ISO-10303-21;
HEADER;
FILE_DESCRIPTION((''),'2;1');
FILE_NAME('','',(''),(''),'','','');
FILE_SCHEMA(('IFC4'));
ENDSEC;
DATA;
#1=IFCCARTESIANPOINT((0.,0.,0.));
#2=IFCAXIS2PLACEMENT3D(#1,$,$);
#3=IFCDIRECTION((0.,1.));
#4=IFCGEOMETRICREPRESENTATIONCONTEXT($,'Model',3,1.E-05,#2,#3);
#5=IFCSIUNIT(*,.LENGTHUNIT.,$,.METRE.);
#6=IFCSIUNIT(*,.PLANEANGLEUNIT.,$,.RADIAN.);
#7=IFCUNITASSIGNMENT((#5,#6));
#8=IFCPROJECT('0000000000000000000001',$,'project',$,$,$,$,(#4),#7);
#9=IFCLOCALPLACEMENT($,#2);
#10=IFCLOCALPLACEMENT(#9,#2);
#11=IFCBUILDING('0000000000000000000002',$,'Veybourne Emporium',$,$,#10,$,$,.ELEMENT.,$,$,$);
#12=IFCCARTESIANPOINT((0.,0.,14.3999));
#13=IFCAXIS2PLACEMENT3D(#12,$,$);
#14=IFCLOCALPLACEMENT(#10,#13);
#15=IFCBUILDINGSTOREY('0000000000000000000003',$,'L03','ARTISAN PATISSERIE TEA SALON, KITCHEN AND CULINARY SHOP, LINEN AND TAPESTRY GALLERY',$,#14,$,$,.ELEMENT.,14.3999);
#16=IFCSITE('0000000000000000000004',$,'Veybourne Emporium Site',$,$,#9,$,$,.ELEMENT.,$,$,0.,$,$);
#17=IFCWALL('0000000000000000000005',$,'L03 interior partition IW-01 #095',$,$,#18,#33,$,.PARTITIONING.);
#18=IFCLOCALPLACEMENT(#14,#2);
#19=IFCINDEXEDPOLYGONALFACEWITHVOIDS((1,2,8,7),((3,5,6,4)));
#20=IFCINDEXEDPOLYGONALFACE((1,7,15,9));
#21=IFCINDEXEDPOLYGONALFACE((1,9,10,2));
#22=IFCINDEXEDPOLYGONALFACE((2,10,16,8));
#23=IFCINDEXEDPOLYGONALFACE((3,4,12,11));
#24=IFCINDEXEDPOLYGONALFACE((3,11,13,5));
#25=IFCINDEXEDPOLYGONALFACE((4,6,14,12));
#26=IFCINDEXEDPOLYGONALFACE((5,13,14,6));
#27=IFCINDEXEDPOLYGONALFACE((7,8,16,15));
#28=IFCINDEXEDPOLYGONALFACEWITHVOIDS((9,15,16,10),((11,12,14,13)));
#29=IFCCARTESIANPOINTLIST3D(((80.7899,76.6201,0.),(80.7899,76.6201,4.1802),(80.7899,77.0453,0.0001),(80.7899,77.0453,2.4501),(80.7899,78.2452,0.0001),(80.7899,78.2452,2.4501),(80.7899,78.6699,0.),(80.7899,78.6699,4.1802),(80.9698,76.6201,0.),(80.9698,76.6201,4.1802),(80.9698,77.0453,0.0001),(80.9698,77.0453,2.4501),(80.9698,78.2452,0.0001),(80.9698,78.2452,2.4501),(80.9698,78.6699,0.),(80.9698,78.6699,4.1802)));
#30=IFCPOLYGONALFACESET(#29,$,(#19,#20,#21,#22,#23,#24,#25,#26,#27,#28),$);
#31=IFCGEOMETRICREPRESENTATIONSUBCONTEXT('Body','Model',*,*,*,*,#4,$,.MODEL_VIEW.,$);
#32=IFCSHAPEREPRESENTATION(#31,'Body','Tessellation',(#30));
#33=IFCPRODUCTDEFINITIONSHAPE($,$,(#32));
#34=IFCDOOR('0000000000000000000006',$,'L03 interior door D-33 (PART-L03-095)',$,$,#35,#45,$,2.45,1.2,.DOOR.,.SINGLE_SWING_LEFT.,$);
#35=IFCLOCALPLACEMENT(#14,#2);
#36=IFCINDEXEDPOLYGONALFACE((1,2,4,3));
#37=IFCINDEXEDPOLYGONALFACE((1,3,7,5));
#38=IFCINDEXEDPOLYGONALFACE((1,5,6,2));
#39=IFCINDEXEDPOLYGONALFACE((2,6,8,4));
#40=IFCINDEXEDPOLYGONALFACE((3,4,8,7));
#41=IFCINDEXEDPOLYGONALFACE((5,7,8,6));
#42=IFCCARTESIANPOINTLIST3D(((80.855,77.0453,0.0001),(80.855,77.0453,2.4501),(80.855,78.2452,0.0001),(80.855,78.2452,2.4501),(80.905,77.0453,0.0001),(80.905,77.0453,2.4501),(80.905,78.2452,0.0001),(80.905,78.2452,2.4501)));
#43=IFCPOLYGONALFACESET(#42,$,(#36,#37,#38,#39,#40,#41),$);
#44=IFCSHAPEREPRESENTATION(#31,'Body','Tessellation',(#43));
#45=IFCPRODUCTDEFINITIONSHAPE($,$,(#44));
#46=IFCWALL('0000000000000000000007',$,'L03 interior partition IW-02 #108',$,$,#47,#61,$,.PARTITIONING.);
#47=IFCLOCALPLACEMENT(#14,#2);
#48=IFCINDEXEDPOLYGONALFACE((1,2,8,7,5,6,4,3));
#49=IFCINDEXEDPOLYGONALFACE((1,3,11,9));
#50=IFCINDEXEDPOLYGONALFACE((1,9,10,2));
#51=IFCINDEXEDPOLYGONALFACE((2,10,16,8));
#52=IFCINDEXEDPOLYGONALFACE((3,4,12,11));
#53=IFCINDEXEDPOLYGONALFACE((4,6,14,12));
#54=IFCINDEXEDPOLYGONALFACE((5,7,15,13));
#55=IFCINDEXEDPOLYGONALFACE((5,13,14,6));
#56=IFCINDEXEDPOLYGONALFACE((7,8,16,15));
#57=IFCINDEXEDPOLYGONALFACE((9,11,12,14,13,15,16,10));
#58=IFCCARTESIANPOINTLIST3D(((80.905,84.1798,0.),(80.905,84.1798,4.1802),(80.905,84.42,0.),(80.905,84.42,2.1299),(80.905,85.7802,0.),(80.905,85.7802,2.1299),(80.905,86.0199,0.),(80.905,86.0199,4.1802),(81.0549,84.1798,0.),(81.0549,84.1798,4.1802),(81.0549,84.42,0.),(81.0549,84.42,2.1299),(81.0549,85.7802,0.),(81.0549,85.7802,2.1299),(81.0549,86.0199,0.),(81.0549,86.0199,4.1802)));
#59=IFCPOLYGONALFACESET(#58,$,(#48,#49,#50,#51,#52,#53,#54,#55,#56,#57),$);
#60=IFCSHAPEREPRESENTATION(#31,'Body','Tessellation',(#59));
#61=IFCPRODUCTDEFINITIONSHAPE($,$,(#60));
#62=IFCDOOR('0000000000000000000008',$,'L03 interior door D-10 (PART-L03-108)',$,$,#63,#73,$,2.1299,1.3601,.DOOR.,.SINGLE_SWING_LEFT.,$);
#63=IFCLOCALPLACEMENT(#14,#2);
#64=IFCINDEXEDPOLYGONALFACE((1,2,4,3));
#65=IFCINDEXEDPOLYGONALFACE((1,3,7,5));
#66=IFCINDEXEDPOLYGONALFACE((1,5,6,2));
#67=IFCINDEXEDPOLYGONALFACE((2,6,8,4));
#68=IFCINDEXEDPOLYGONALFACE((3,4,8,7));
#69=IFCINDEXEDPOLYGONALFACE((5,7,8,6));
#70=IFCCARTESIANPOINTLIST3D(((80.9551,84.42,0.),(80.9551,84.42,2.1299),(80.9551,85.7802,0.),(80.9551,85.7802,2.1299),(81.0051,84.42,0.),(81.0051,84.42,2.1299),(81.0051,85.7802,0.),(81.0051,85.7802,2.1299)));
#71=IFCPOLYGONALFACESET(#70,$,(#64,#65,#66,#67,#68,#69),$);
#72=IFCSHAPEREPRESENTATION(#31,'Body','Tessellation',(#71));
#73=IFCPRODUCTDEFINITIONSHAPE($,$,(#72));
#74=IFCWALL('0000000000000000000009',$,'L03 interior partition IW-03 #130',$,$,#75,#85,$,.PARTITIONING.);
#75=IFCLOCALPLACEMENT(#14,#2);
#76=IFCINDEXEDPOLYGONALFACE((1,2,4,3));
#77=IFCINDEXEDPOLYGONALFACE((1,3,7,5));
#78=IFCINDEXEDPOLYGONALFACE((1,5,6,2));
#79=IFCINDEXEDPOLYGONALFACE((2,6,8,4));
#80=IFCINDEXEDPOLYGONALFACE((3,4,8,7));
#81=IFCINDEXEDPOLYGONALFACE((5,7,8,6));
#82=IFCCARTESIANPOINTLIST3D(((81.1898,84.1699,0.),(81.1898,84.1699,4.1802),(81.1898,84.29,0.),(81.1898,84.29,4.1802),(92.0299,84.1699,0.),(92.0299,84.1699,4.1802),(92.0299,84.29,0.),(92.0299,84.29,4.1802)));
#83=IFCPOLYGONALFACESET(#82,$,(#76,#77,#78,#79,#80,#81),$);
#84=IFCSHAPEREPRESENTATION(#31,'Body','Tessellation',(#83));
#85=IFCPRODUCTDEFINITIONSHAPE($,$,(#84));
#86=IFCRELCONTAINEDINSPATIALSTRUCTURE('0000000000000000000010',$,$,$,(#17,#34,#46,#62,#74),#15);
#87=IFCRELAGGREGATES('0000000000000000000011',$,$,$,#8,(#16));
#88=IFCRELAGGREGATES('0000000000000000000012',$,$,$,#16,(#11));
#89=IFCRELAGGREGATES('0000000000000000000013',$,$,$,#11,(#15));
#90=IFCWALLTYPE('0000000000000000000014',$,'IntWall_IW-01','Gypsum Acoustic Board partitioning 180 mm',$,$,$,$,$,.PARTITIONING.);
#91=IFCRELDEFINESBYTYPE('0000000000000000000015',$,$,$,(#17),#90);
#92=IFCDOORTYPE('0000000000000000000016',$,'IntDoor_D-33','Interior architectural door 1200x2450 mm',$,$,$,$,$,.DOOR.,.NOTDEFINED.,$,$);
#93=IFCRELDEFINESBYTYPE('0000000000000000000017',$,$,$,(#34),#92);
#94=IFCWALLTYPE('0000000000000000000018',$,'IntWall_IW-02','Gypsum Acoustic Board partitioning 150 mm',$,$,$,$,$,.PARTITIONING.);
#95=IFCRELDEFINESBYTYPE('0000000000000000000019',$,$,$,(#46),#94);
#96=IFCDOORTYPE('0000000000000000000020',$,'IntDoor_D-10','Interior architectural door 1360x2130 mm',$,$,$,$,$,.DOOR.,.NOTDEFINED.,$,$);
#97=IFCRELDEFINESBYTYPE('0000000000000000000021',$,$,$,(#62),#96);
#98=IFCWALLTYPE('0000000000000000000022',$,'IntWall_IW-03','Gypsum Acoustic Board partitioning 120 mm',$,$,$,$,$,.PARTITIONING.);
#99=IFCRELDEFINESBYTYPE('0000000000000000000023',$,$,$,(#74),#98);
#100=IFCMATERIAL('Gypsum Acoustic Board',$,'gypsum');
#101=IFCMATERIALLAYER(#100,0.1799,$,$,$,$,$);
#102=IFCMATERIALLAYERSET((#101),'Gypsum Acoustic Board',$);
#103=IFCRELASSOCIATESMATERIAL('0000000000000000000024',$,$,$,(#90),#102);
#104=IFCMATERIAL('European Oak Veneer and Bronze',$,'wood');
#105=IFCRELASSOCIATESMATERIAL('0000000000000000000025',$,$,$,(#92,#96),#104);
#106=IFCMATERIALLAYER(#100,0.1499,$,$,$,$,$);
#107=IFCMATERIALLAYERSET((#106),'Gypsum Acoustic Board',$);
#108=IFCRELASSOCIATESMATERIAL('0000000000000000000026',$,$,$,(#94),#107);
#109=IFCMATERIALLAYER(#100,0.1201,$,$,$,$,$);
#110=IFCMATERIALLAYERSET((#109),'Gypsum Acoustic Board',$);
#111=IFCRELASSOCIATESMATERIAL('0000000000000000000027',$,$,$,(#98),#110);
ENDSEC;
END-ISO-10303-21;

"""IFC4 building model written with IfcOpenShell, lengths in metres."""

from ifc_helpers import new_model, si_unit, direction, frame, frame_2d, origin, place, context, subcontext, project, spatial, rectangle, extrude, material, layer, layer_set, type_object, element, fill, save


model = new_model("IFC4")

# Units and contexts
model_context = context("Model", 3, precision=1e-05, world=origin(), true_north=direction((0.0, 1.0)))
body_context = subcontext(model_context, "Body", "Model", "MODEL_VIEW")
ifc_project = project(units=[si_unit("LENGTHUNIT", "METRE"), si_unit("PLANEANGLEUNIT", "RADIAN")], contexts=[model_context])

# Site, building, storey
site_placement = place(None, origin())
site = spatial("IfcSite", under=ifc_project, at=site_placement, Name="Veybourne Emporium Site", CompositionType="ELEMENT", RefElevation=0.0)
building_placement = place(site_placement, origin())
building = spatial("IfcBuilding", under=site, at=building_placement, Name="Veybourne Emporium", CompositionType="ELEMENT")
storey_placement = place(building_placement, frame((0.0, 0.0, 14.3999)))
storey = spatial("IfcBuildingStorey", under=building, at=storey_placement, Name="L03", Description="ARTISAN PATISSERIE TEA SALON, KITCHEN AND CULINARY SHOP, LINEN AND TAPESTRY GALLERY", CompositionType="ELEMENT", Elevation=14.3999)

# Walls, openings, doors
ifc_material_1 = material(Name="Gypsum Acoustic Board", Category="gypsum")
ifc_layer_1 = layer(ifc_material_1, 0.1799)
ifc_layer_set_1 = layer_set([ifc_layer_1], Name="Gypsum Acoustic Board")
wall_type_1 = type_object("IfcWallType", Name="IntWall_IW-01", Description="Gypsum Acoustic Board partitioning 180 mm", PredefinedType="PARTITIONING", material=ifc_layer_set_1)
wall_1_placement = place(storey_placement, frame((80.8799, 76.6201, 0.0), z_axis=(0.0, 0.0, 1.0), x_axis=(0.0, 1.0, 0.0)))
wall_1 = element("IfcWall", 1, at=wall_1_placement, inside=storey, type_object=wall_type_1, Name="L03 interior partition IW-01 #095", PredefinedType="PARTITIONING", context=body_context, shape_type="SweptSolid", body=[
    extrude(rectangle(XDim=2.0498, YDim=0.1799, at=frame_2d((1.0249, 0.0))), origin(), (0.0, 0.0, 1.0), 4.1802),
])
opening_1_placement = place(wall_1_placement, frame((0.425, 0.0, 0.0)))
opening_1 = element("IfcOpeningElement", 2, at=opening_1_placement, cuts=wall_1, PredefinedType="OPENING", context=body_context, shape_type="SweptSolid", body=[
    extrude(rectangle(XDim=1.2, YDim=2.45, at=frame_2d((0.6001, 1.2251))), frame((0.0, 0.1099, 0.0), z_axis=(0.0, -1.0, 0.0), x_axis=(1.0, 0.0, 0.0)), (0.0, 0.0, 1.0), 0.22),
])
ifc_material_2 = material(Name="European Oak Veneer and Bronze", Category="wood")
door_type_1 = type_object("IfcDoorType", Name="IntDoor_D-33", Description="Interior architectural door 1200x2450 mm", OperationType="NOTDEFINED", PredefinedType="DOOR", material=ifc_material_2)
door_1_placement = place(opening_1_placement, origin())
door_1 = element("IfcDoor", 3, at=door_1_placement, inside=storey, type_object=door_type_1, Name="L03 interior door D-33 (PART-L03-095)", OperationType="SINGLE_SWING_LEFT", OverallHeight=2.45, OverallWidth=1.2, PredefinedType="DOOR", context=body_context, shape_type="SweptSolid", body=[
    extrude(rectangle(XDim=1.2, YDim=2.45, at=frame_2d((0.6001, 1.2251))), frame((0.0, 0.0249, 0.0), z_axis=(0.0, -1.0, 0.0), x_axis=(1.0, 0.0, 0.0)), (0.0, 0.0, 1.0), 0.05),
])
fill(opening_1, door_1)
ifc_layer_2 = layer(ifc_material_1, 0.1499)
ifc_layer_set_2 = layer_set([ifc_layer_2], Name="Gypsum Acoustic Board")
wall_type_2 = type_object("IfcWallType", Name="IntWall_IW-02", Description="Gypsum Acoustic Board partitioning 150 mm", PredefinedType="PARTITIONING", material=ifc_layer_set_2)
wall_2_placement = place(storey_placement, frame((80.98, 84.1799, 0.0), z_axis=(0.0, 0.0, 1.0), x_axis=(0.0, 1.0, 0.0)))
wall_2 = element("IfcWall", 4, at=wall_2_placement, inside=storey, type_object=wall_type_2, Name="L03 interior partition IW-02 #108", PredefinedType="PARTITIONING", context=body_context, shape_type="SweptSolid", body=[
    extrude(rectangle(XDim=1.8401, YDim=0.1499, at=frame_2d((0.9199, 0.0))), origin(), (0.0, 0.0, 1.0), 4.1802),
])
opening_2_placement = place(wall_2_placement, frame((0.24, 0.0, 0.0)))
opening_2 = element("IfcOpeningElement", 5, at=opening_2_placement, cuts=wall_2, PredefinedType="OPENING", context=body_context, shape_type="SweptSolid", body=[
    extrude(rectangle(XDim=1.3601, YDim=2.1299, at=frame_2d((0.6802, 1.0649))), frame((0.0, 0.095, 0.0), z_axis=(0.0, -1.0, 0.0), x_axis=(1.0, 0.0, 0.0)), (0.0, 0.0, 1.0), 0.1899),
])
door_type_2 = type_object("IfcDoorType", Name="IntDoor_D-10", Description="Interior architectural door 1360x2130 mm", OperationType="NOTDEFINED", PredefinedType="DOOR", material=ifc_material_2)
door_2_placement = place(opening_2_placement, origin())
door_2 = element("IfcDoor", 6, at=door_2_placement, inside=storey, type_object=door_type_2, Name="L03 interior door D-10 (PART-L03-108)", OperationType="SINGLE_SWING_LEFT", OverallHeight=2.1299, OverallWidth=1.3601, PredefinedType="DOOR", context=body_context, shape_type="SweptSolid", body=[
    extrude(rectangle(XDim=1.3601, YDim=2.1299, at=frame_2d((0.6802, 1.0649))), frame((0.0, 0.0249, 0.0), z_axis=(0.0, -1.0, 0.0), x_axis=(1.0, 0.0, 0.0)), (0.0, 0.0, 1.0), 0.05),
])
fill(opening_2, door_2)

# Wall
ifc_layer_3 = layer(ifc_material_1, 0.1201)
ifc_layer_set_3 = layer_set([ifc_layer_3], Name="Gypsum Acoustic Board")
wall_type_3 = type_object("IfcWallType", Name="IntWall_IW-03", Description="Gypsum Acoustic Board partitioning 120 mm", PredefinedType="PARTITIONING", material=ifc_layer_set_3)
wall_3_placement = place(storey_placement, frame((81.1899, 84.23, 0.0), z_axis=(0.0, 0.0, 1.0), x_axis=(1.0, 0.0, 0.0)))
element("IfcWall", 7, at=wall_3_placement, inside=storey, type_object=wall_type_3, Name="L03 interior partition IW-03 #130", PredefinedType="PARTITIONING", context=body_context, shape_type="SweptSolid", body=[
    extrude(rectangle(XDim=10.8401, YDim=0.1201, at=frame_2d((5.4199, 0.0))), origin(), (0.0, 0.0, 1.0), 4.1802),
])

save(model, "model.ifc")
